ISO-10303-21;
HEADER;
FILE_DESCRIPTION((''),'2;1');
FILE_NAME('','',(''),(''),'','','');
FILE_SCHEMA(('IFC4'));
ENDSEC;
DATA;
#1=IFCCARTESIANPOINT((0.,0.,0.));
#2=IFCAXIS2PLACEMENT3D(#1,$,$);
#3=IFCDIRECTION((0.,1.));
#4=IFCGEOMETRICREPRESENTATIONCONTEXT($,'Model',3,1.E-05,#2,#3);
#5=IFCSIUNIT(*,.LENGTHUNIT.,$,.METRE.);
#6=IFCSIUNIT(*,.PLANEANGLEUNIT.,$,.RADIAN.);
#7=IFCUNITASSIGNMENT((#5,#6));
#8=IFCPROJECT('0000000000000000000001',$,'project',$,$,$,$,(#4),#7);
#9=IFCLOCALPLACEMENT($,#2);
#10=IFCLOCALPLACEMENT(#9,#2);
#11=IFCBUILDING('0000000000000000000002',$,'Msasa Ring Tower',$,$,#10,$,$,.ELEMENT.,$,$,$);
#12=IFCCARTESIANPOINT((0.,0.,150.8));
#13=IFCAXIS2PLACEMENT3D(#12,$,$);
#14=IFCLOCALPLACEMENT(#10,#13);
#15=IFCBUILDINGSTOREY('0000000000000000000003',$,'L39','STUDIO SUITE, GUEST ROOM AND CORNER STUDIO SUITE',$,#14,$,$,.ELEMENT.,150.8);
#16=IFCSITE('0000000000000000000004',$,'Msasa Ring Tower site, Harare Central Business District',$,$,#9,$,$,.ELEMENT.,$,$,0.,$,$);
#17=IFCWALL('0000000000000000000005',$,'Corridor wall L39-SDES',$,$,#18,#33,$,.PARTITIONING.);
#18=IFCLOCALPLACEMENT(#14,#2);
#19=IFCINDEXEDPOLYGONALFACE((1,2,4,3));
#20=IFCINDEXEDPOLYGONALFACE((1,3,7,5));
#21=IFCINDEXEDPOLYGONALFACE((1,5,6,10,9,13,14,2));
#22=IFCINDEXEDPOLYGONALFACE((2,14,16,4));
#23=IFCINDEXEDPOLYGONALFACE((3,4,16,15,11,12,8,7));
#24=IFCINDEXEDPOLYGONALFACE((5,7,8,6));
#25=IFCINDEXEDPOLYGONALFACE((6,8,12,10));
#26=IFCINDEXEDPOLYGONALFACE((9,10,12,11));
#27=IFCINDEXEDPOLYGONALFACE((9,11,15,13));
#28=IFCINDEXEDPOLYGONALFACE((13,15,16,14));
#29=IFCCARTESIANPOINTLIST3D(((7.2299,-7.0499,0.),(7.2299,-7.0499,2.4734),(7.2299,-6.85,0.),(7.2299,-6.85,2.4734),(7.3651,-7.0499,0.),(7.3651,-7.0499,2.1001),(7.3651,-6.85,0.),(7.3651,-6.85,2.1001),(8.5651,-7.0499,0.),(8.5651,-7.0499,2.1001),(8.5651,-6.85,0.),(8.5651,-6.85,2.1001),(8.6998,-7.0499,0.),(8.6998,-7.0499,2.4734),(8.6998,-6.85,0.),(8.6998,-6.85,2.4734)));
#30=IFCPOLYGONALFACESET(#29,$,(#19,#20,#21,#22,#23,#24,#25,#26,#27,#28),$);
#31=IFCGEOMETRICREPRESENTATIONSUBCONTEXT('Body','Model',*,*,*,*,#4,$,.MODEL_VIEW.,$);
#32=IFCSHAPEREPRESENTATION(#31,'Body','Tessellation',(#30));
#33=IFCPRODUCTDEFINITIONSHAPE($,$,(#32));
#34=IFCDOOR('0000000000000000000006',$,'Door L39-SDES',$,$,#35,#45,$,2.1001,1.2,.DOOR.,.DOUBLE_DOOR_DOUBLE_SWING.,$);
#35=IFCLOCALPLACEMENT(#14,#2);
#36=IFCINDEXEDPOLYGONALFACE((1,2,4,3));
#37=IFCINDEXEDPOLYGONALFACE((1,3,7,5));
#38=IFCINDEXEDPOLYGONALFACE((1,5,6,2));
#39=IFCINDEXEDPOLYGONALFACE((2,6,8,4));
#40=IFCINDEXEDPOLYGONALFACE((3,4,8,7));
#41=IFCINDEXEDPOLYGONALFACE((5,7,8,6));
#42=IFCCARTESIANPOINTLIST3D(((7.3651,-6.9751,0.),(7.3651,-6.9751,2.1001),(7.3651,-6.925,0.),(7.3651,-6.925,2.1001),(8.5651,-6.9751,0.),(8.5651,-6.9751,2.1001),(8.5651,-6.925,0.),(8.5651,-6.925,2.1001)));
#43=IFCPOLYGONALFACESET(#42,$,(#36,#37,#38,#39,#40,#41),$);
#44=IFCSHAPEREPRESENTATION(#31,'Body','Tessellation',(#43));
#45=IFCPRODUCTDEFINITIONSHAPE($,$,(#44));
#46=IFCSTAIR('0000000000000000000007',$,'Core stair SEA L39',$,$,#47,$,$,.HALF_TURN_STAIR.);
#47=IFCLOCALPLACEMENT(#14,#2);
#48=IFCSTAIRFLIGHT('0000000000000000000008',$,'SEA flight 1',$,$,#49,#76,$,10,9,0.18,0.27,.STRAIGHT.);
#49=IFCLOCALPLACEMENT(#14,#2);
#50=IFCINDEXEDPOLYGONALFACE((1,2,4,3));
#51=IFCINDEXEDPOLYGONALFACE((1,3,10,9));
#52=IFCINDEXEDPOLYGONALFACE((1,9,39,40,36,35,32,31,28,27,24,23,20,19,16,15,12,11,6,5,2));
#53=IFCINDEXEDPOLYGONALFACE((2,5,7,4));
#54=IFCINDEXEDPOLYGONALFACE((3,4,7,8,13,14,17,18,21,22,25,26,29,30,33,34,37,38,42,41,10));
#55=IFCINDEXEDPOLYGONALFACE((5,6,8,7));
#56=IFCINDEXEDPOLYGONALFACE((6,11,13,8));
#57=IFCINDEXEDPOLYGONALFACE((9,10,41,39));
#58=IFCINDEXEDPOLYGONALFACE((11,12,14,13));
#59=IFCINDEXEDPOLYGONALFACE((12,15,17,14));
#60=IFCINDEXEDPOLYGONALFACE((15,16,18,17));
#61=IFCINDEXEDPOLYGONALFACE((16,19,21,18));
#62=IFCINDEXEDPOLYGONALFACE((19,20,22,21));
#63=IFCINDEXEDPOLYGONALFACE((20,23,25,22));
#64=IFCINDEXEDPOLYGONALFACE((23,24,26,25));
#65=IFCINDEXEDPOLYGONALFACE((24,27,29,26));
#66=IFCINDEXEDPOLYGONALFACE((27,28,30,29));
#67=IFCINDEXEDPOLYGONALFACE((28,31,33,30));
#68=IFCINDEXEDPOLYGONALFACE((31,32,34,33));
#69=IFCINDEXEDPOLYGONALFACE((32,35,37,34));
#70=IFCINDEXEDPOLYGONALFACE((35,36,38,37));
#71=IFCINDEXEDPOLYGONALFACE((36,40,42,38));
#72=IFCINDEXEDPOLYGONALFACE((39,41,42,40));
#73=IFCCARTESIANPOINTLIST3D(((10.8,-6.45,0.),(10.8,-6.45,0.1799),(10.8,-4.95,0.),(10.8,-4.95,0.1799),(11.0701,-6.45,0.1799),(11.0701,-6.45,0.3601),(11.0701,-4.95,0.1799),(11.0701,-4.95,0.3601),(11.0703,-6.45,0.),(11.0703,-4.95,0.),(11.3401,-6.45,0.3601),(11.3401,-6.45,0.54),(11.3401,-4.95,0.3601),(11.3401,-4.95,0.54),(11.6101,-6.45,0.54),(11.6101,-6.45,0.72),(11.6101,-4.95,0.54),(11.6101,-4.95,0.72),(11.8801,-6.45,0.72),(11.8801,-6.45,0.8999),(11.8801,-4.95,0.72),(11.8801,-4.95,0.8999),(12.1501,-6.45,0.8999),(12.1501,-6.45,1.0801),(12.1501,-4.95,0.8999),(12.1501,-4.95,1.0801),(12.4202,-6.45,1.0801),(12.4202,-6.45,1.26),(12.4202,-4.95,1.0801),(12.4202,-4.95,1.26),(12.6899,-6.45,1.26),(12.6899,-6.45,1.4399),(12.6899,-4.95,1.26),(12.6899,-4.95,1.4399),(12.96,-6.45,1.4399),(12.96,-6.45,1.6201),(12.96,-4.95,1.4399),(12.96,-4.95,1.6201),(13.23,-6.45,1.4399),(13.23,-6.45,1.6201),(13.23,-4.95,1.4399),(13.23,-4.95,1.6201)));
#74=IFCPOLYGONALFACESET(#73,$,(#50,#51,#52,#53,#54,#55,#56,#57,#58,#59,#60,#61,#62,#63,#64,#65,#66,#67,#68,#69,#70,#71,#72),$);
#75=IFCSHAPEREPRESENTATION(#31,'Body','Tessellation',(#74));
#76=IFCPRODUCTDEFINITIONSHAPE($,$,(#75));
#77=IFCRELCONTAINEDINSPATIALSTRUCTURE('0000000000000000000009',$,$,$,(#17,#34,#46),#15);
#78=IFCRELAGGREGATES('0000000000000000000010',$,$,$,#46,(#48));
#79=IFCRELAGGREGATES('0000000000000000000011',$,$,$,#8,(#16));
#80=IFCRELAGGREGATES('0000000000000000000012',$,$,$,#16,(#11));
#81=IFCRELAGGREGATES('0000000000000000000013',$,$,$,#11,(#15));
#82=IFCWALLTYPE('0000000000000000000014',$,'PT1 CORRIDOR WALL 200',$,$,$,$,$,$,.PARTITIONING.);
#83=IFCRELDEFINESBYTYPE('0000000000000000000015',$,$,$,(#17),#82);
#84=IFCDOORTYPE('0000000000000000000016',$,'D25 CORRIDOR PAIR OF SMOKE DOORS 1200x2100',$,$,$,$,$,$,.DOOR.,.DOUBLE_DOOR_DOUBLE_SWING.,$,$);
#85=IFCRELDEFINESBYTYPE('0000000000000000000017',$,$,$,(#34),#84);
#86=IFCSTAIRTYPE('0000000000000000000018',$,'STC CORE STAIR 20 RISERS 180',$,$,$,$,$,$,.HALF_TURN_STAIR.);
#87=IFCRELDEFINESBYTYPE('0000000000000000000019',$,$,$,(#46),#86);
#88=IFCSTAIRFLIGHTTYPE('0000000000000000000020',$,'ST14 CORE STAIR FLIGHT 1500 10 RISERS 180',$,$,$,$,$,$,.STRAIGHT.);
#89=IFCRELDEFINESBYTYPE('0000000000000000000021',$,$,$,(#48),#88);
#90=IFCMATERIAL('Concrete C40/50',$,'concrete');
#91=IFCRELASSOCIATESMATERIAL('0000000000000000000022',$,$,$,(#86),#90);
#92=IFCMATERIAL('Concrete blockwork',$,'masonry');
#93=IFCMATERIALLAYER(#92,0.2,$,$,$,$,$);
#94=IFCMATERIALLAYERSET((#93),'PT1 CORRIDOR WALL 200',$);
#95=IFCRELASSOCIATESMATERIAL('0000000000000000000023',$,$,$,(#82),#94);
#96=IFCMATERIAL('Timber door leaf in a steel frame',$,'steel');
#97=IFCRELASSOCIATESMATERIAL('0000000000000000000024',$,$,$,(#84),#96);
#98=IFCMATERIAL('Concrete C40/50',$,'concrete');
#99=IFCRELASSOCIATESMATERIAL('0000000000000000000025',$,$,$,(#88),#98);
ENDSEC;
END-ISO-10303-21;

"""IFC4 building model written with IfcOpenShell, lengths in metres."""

from ifc_helpers import new_model, si_unit, direction, frame, frame_2d, origin, place, context, subcontext, project, spatial, polyline, rectangle, outline, extrude, material, layer, layer_set, type_object, element, fill, aggregate, save


model = new_model("IFC4")

# Units and contexts
model_context = context("Model", 3, precision=1e-05, world=origin(), true_north=direction((0.0, 1.0)))
body_context = subcontext(model_context, "Body", "Model", "MODEL_VIEW")
ifc_project = project(units=[si_unit("LENGTHUNIT", "METRE"), si_unit("PLANEANGLEUNIT", "RADIAN")], contexts=[model_context])

# Site, building, storey
site_placement = place(None, origin())
site = spatial("IfcSite", under=ifc_project, at=site_placement, Name="Msasa Ring Tower site, Harare Central Business District", CompositionType="ELEMENT", RefElevation=0.0)
building_placement = place(site_placement, origin())
building = spatial("IfcBuilding", under=site, at=building_placement, Name="Msasa Ring Tower", CompositionType="ELEMENT")
storey_placement = place(building_placement, frame((0.0, 0.0, 150.8)))
storey = spatial("IfcBuildingStorey", under=building, at=storey_placement, Name="L39", Description="STUDIO SUITE, GUEST ROOM AND CORNER STUDIO SUITE", CompositionType="ELEMENT", Elevation=150.8)

# Shared definitions
ifc_material_1 = material(Name="Concrete C40/50", Category="concrete")
stair_type = type_object("IfcStairType", Name="STC CORE STAIR 20 RISERS 180", PredefinedType="HALF_TURN_STAIR", material=ifc_material_1)

# Wall, opening, door
ifc_material_2 = material(Name="Concrete blockwork", Category="masonry")
ifc_layer_1 = layer(ifc_material_2, 0.2)
ifc_layer_set_1 = layer_set([ifc_layer_1], Name="PT1 CORRIDOR WALL 200")
wall_type_1 = type_object("IfcWallType", Name="PT1 CORRIDOR WALL 200", PredefinedType="PARTITIONING", material=ifc_layer_set_1)
wall_1_placement = place(storey_placement, frame((7.23, -6.95, 0.0), z_axis=(0.0, 0.0, 1.0), x_axis=(1.0, 0.0, 0.0)))
wall_1 = element("IfcWall", 1, at=wall_1_placement, inside=storey, type_object=wall_type_1, Name="Corridor wall L39-SDES", PredefinedType="PARTITIONING", context=body_context, shape_type="SweptSolid", body=[
    extrude(rectangle(XDim=1.47, YDim=0.2, at=frame_2d((0.7349, 0.0))), origin(), (0.0, 0.0, 1.0), 2.4734),
])
opening_1_placement = place(wall_1_placement, frame((0.135, 0.0, 0.0)))
opening_1 = element("IfcOpeningElement", 2, at=opening_1_placement, cuts=wall_1, PredefinedType="OPENING", context=body_context, shape_type="SweptSolid", body=[
    extrude(rectangle(XDim=1.2, YDim=2.1001, at=frame_2d((0.6001, 1.05))), frame((0.0, 0.1099, 0.0), z_axis=(0.0, -1.0, 0.0), x_axis=(1.0, 0.0, 0.0)), (0.0, 0.0, 1.0), 0.22),
])
ifc_material_3 = material(Name="Timber door leaf in a steel frame", Category="steel")
door_type_1 = type_object("IfcDoorType", Name="D25 CORRIDOR PAIR OF SMOKE DOORS 1200x2100", OperationType="DOUBLE_DOOR_DOUBLE_SWING", PredefinedType="DOOR", material=ifc_material_3)
door_1_placement = place(opening_1_placement, origin())
door_1 = element("IfcDoor", 3, at=door_1_placement, inside=storey, type_object=door_type_1, Name="Door L39-SDES", OperationType="DOUBLE_DOOR_DOUBLE_SWING", OverallHeight=2.1001, OverallWidth=1.2, PredefinedType="DOOR", context=body_context, shape_type="SweptSolid", body=[
    extrude(rectangle(XDim=1.2, YDim=2.1001, at=frame_2d((0.6001, 1.05))), frame((0.0, 0.0249, 0.0), z_axis=(0.0, -1.0, 0.0), x_axis=(1.0, 0.0, 0.0)), (0.0, 0.0, 1.0), 0.05),
])
fill(opening_1, door_1)

# Stair, stair flight
stair_1_placement = place(storey_placement, origin())
stair_1 = element("IfcStair", 4, at=stair_1_placement, inside=storey, type_object=stair_type, Name="Core stair SEA L39", PredefinedType="HALF_TURN_STAIR")
ifc_material_4 = material(Name="Concrete C40/50", Category="concrete")
stair_flight_type = type_object("IfcStairFlightType", Name="ST14 CORE STAIR FLIGHT 1500 10 RISERS 180", PredefinedType="STRAIGHT", material=ifc_material_4)
stair_flight_placement = place(storey_placement, frame((10.8, -5.7, 0.0), z_axis=(0.0, 0.0, 1.0), x_axis=(1.0, 0.0, 0.0)))
stair_flight = element("IfcStairFlight", 5, at=stair_flight_placement, type_object=stair_flight_type, Name="SEA flight 1", NumberOfRisers=10, NumberOfTreads=9, PredefinedType="STRAIGHT", RiserHeight=0.18, TreadLength=0.27, context=body_context, shape_type="SweptSolid", body=[
    extrude(outline(polyline([(0.0, 0.0), (0.0, 0.1799), (0.27, 0.1799), (0.27, 0.3601), (0.54, 0.3601), (0.54, 0.54), (0.8101, 0.54), (0.8101, 0.72), (1.0801, 0.72), (1.0801, 0.8999), (1.3501, 0.8999), (1.3501, 1.0801), (1.6201, 1.0801), (1.6201, 1.26), (1.8899, 1.26), (1.8899, 1.4399), (2.1599, 1.4399), (2.1599, 1.6201), (2.4299, 1.6201), (2.4299, 1.8), (2.4299, 1.4399), (0.2703, 0.0), (0.0, 0.0)])), frame((0.0, 0.75, 0.0), z_axis=(0.0, -1.0, 0.0), x_axis=(1.0, 0.0, 0.0)), (0.0, 0.0, 1.0), 1.5),
])
aggregate(stair_1, [stair_flight])

save(model, "model.ifc")
